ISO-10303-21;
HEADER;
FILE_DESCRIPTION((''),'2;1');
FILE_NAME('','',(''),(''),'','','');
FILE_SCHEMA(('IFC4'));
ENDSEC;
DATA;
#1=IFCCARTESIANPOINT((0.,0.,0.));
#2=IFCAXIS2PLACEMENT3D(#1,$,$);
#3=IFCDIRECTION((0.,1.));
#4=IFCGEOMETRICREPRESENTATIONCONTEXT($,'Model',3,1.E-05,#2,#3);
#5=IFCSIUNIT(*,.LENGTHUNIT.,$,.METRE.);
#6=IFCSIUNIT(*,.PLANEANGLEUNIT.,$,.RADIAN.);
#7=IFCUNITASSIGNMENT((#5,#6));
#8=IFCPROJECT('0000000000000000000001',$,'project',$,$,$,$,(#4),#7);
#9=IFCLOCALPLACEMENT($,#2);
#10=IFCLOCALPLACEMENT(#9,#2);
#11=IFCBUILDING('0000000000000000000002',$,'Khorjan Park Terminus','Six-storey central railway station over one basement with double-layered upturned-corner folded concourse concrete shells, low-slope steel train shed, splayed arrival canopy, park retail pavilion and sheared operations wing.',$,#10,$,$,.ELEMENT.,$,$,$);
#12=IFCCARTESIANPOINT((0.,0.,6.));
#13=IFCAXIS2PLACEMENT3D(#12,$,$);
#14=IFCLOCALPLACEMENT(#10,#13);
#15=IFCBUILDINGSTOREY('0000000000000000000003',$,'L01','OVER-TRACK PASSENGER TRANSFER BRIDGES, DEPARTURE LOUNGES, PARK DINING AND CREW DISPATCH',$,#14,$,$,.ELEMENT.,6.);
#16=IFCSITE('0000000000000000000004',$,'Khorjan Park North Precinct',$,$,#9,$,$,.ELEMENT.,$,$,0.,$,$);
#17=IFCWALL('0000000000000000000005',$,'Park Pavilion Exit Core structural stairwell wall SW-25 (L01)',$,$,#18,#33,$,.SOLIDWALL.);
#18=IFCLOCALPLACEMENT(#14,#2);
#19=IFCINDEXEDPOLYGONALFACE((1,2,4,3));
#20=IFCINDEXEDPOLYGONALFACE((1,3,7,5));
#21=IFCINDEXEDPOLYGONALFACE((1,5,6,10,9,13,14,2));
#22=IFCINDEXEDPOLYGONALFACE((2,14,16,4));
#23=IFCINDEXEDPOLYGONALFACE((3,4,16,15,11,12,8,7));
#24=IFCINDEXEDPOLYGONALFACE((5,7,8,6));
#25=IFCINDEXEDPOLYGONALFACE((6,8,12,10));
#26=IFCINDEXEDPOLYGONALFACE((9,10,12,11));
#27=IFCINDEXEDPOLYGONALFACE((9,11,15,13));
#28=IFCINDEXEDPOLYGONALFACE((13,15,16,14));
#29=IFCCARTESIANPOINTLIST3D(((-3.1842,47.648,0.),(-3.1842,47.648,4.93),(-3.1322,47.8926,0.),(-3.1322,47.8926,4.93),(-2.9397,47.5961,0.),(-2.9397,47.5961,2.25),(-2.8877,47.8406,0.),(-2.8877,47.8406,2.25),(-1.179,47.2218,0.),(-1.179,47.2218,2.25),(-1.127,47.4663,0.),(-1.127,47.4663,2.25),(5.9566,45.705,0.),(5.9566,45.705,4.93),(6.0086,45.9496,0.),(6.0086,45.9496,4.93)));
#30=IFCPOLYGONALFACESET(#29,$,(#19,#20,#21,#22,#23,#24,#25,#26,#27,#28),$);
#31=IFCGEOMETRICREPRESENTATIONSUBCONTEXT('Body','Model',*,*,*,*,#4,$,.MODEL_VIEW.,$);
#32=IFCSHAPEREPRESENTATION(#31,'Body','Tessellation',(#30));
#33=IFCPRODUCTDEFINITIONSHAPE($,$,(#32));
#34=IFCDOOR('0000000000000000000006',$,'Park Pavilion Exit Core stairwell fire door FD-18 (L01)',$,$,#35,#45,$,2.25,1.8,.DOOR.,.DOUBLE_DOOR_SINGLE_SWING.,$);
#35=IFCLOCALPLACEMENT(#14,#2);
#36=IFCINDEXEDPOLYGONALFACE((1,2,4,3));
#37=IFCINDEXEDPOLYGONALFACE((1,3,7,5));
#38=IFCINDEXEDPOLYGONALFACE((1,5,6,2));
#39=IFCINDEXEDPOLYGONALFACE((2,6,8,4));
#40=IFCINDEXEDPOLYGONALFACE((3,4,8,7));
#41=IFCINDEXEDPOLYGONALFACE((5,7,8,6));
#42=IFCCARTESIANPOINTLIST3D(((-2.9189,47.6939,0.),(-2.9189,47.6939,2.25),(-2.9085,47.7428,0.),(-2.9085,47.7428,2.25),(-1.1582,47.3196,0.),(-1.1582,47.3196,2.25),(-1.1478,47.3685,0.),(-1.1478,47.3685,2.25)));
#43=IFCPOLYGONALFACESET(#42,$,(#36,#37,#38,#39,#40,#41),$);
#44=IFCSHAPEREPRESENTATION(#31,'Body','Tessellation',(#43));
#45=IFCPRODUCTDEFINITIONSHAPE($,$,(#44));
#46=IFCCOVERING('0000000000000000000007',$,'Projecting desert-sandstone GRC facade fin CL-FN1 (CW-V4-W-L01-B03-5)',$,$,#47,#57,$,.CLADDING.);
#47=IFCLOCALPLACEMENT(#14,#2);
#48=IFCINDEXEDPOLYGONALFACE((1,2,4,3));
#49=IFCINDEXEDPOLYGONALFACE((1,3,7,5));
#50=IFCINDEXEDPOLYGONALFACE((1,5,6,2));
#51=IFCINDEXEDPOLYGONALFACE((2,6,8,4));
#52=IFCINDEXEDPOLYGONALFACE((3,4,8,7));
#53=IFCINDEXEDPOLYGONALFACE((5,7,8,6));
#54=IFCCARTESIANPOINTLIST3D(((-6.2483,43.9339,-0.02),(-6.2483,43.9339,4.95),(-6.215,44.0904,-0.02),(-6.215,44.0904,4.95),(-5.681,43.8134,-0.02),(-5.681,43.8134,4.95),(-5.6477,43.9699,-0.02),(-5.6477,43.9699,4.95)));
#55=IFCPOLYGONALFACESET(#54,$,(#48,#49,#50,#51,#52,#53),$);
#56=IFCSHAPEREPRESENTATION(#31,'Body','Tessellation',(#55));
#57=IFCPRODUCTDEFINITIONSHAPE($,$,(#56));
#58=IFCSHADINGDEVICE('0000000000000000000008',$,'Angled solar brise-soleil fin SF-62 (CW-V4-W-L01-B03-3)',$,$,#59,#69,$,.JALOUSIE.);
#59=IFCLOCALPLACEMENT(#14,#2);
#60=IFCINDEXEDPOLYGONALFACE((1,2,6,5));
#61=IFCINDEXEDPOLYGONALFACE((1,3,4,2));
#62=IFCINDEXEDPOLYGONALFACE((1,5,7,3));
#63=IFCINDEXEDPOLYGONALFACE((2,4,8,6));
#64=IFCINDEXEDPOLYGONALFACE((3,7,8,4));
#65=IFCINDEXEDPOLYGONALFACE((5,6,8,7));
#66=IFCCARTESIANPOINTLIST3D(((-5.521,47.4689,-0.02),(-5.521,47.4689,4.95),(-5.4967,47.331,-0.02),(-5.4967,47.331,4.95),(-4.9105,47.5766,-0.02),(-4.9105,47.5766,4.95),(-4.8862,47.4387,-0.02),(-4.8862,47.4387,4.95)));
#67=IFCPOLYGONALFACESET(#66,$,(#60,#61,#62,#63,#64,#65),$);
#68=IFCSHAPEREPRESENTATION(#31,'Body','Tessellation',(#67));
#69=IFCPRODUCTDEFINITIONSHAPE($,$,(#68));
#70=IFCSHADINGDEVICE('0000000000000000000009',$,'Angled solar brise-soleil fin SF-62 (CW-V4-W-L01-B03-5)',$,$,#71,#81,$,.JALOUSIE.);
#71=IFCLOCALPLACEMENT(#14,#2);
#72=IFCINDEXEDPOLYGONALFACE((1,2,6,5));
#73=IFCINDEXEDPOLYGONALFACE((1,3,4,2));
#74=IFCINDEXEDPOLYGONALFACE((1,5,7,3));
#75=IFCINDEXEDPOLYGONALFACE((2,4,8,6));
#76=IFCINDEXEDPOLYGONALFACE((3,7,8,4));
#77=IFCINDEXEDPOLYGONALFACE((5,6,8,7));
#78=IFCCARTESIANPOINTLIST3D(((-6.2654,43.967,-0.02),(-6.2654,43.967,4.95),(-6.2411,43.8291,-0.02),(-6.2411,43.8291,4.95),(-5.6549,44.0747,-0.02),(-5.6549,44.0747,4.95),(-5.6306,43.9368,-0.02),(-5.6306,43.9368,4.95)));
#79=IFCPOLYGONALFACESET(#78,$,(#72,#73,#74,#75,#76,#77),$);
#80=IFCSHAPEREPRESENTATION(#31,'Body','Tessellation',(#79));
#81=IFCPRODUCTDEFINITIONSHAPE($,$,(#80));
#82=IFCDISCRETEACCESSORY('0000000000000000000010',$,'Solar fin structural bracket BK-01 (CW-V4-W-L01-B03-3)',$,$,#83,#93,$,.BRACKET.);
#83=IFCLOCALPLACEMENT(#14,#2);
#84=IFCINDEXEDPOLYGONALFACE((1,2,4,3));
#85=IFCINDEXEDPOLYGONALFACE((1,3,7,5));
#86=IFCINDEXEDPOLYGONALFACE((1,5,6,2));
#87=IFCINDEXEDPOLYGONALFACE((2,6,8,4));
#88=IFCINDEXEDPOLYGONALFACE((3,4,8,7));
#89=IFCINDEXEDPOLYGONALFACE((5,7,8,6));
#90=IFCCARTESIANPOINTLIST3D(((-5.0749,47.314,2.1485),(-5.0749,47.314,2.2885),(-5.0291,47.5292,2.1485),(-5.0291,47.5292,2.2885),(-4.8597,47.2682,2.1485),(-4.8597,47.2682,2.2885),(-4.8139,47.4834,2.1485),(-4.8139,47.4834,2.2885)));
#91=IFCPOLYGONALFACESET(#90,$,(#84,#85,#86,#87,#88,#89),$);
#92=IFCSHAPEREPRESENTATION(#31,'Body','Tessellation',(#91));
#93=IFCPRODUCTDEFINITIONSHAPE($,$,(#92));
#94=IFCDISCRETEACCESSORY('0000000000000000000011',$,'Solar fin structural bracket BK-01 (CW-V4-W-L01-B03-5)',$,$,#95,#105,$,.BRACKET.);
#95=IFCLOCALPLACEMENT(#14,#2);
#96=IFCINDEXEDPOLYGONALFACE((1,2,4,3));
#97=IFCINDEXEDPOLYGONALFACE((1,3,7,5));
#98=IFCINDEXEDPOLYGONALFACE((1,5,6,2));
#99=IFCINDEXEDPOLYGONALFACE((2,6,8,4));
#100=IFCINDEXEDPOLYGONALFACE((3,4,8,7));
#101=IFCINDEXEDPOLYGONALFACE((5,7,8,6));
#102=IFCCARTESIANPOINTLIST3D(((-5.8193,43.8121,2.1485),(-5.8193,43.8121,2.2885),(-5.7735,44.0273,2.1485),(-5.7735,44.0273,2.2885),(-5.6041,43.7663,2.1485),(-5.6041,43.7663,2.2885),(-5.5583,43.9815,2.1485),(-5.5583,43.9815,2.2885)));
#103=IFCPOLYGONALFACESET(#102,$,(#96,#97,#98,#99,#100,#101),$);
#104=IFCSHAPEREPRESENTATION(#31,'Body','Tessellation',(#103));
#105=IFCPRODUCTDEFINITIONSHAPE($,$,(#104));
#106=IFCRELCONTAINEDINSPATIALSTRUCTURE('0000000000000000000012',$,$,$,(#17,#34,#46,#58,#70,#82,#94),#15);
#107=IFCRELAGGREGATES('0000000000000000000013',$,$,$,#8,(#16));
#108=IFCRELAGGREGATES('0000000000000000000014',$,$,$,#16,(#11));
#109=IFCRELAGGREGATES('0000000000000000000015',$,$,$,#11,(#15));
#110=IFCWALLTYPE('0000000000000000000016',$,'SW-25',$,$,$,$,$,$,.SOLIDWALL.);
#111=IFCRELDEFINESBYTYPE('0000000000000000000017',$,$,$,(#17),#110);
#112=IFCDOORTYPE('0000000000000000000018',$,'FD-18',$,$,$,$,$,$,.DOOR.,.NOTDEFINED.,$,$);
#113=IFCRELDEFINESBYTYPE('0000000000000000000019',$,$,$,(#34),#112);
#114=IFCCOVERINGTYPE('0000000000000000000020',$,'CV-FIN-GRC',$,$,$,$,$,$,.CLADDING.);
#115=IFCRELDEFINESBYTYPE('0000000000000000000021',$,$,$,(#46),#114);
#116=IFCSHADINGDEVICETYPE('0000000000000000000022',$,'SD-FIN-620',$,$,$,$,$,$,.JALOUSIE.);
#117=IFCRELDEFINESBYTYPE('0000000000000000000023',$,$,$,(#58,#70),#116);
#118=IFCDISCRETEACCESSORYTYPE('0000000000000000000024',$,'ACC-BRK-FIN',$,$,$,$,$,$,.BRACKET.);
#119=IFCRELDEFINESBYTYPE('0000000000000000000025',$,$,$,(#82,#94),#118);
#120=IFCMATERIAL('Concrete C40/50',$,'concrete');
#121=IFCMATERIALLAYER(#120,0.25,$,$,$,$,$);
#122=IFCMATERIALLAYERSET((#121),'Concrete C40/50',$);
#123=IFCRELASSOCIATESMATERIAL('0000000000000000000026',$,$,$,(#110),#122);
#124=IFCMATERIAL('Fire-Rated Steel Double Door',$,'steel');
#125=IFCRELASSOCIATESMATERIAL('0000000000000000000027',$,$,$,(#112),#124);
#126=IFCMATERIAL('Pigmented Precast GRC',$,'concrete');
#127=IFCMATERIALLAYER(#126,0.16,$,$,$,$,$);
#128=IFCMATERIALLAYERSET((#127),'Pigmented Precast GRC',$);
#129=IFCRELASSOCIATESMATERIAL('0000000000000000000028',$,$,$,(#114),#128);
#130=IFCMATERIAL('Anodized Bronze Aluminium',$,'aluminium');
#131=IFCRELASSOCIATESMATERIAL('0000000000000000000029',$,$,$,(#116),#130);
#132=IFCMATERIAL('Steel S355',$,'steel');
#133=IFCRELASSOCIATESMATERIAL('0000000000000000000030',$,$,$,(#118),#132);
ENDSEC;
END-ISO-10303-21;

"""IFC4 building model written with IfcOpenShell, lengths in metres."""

from ifc_helpers import new_model, si_unit, direction, frame, frame_2d, origin, origin_2d, place, context, subcontext, project, spatial, rectangle, extrude, material, layer, layer_set, type_object, element, fill, save


model = new_model("IFC4")

# Units and contexts
model_context = context("Model", 3, precision=1e-05, world=origin(), true_north=direction((0.0, 1.0)))
body_context = subcontext(model_context, "Body", "Model", "MODEL_VIEW")
ifc_project = project(units=[si_unit("LENGTHUNIT", "METRE"), si_unit("PLANEANGLEUNIT", "RADIAN")], contexts=[model_context])

# Site, building, storey
site_placement = place(None, origin())
site = spatial("IfcSite", under=ifc_project, at=site_placement, Name="Khorjan Park North Precinct", CompositionType="ELEMENT", RefElevation=0.0)
building_placement = place(site_placement, origin())
building = spatial("IfcBuilding", under=site, at=building_placement, Name="Khorjan Park Terminus", Description="Six-storey central railway station over one basement with double-layered upturned-corner folded concourse concrete shells, low-slope steel train shed, splayed arrival canopy, park retail pavilion and sheared operations wing.", CompositionType="ELEMENT")
storey_placement = place(building_placement, frame((0.0, 0.0, 6.0)))
storey = spatial("IfcBuildingStorey", under=building, at=storey_placement, Name="L01", Description="OVER-TRACK PASSENGER TRANSFER BRIDGES, DEPARTURE LOUNGES, PARK DINING AND CREW DISPATCH", CompositionType="ELEMENT", Elevation=6.0)

# Shared definitions
ifc_material_1 = material(Name="Anodized Bronze Aluminium", Category="aluminium")

# Wall, opening, door
ifc_material_2 = material(Name="Concrete C40/50", Category="concrete")
ifc_layer_1 = layer(ifc_material_2, 0.25)
ifc_layer_set_1 = layer_set([ifc_layer_1], Name="Concrete C40/50")
wall_type = type_object("IfcWallType", Name="SW-25", PredefinedType="SOLIDWALL", material=ifc_layer_set_1)
wall_placement = place(storey_placement, frame((-3.1582, 47.7703, 0.0), z_axis=(0.0, 0.0, 1.0), x_axis=(0.978146, -0.207918, 0.0)))
wall = element("IfcWall", 1, at=wall_placement, inside=storey, type_object=wall_type, Name="Park Pavilion Exit Core structural stairwell wall SW-25 (L01)", PredefinedType="SOLIDWALL", context=body_context, shape_type="SweptSolid", body=[
    extrude(rectangle(XDim=9.345, YDim=0.25, at=frame_2d((4.6725, 0.0))), origin(), (0.0, 0.0, 1.0), 4.93),
])
opening_placement = place(wall_placement, frame((0.25, 0.0, 0.0)))
opening = element("IfcOpeningElement", 2, at=opening_placement, cuts=wall, PredefinedType="OPENING", context=body_context, shape_type="SweptSolid", body=[
    extrude(rectangle(XDim=1.8, YDim=2.25, at=frame_2d((0.9, 1.125))), frame((0.0, 0.135, 0.0), z_axis=(0.0, -1.0, 0.0), x_axis=(1.0, 0.0, 0.0)), (0.0, 0.0, 1.0), 0.27),
])
ifc_material_3 = material(Name="Fire-Rated Steel Double Door", Category="steel")
door_type = type_object("IfcDoorType", Name="FD-18", OperationType="NOTDEFINED", PredefinedType="DOOR", material=ifc_material_3)
door_placement = place(opening_placement, origin())
door = element("IfcDoor", 3, at=door_placement, inside=storey, type_object=door_type, Name="Park Pavilion Exit Core stairwell fire door FD-18 (L01)", OperationType="DOUBLE_DOOR_SINGLE_SWING", OverallHeight=2.25, OverallWidth=1.8, PredefinedType="DOOR", context=body_context, shape_type="SweptSolid", body=[
    extrude(rectangle(XDim=1.8, YDim=2.25, at=frame_2d((0.9, 1.125))), frame((0.0, 0.025, 0.0), z_axis=(0.0, -1.0, 0.0), x_axis=(1.0, 0.0, 0.0)), (0.0, 0.0, 1.0), 0.05),
])
fill(opening, door)

# Covering
ifc_material_4 = material(Name="Pigmented Precast GRC", Category="concrete")
ifc_layer_2 = layer(ifc_material_4, 0.16)
ifc_layer_set_2 = layer_set([ifc_layer_2], Name="Pigmented Precast GRC")
covering_type = type_object("IfcCoveringType", Name="CV-FIN-GRC", PredefinedType="CLADDING", material=ifc_layer_set_2)
covering_placement = place(storey_placement, frame((-5.948, 43.9519, -0.02), z_axis=(0.0, 0.0, 1.0), x_axis=(0.978148, -0.207912, 0.0)))
element("IfcCovering", 4, at=covering_placement, inside=storey, type_object=covering_type, Name="Projecting desert-sandstone GRC facade fin CL-FN1 (CW-V4-W-L01-B03-5)", PredefinedType="CLADDING", context=body_context, shape_type="SweptSolid", body=[
    extrude(rectangle(XDim=0.58, YDim=0.16, at=origin_2d()), origin(), (0.0, 0.0, 1.0), 4.97),
])

# Shading devices
shading_device_type = type_object("IfcShadingDeviceType", Name="SD-FIN-620", PredefinedType="JALOUSIE", material=ifc_material_1)
for number, where, z_axis, x_axis, name in (
    (5, (-5.2036, 47.4538, -0.02), (0.0, 0.0, 1.0), (0.984808, 0.173648, 0.0), "Angled solar brise-soleil fin SF-62 (CW-V4-W-L01-B03-3)"),
    (6, (-5.948, 43.9519, -0.02), (0.0, 0.0, 1.0), (0.984808, 0.173648, 0.0), "Angled solar brise-soleil fin SF-62 (CW-V4-W-L01-B03-5)"),
):
    element("IfcShadingDevice", number, at=place(storey_placement, frame(where, z_axis=z_axis, x_axis=x_axis)), inside=storey, type_object=shading_device_type, Name=name, PredefinedType="JALOUSIE", context=body_context, shape_type="SweptSolid", body=[
        extrude(rectangle(XDim=0.62, YDim=0.14, at=origin_2d()), origin(), (0.0, 0.0, 1.0), 4.97),
    ])

# Discrete accessories
ifc_material_5 = material(Name="Steel S355", Category="steel")
discrete_accessory_type = type_object("IfcDiscreteAccessoryType", Name="ACC-BRK-FIN", PredefinedType="BRACKET", material=ifc_material_5)
for number, where, z_axis, x_axis, name in (
    (7, (-4.9444, 47.3987, 2.1485), (0.0, 0.0, 1.0), (-0.207918, -0.978146, 0.0), "Solar fin structural bracket BK-01 (CW-V4-W-L01-B03-3)"),
    (8, (-5.6888, 43.8968, 2.1485), (0.0, 0.0, 1.0), (-0.207918, -0.978146, 0.0), "Solar fin structural bracket BK-01 (CW-V4-W-L01-B03-5)"),
):
    element("IfcDiscreteAccessory", number, at=place(storey_placement, frame(where, z_axis=z_axis, x_axis=x_axis)), inside=storey, type_object=discrete_accessory_type, Name=name, PredefinedType="BRACKET", context=body_context, shape_type="SweptSolid", body=[
        extrude(rectangle(XDim=0.22, YDim=0.22, at=origin_2d()), origin(), (0.0, 0.0, 1.0), 0.14),
    ])

save(model, "model.ifc")
